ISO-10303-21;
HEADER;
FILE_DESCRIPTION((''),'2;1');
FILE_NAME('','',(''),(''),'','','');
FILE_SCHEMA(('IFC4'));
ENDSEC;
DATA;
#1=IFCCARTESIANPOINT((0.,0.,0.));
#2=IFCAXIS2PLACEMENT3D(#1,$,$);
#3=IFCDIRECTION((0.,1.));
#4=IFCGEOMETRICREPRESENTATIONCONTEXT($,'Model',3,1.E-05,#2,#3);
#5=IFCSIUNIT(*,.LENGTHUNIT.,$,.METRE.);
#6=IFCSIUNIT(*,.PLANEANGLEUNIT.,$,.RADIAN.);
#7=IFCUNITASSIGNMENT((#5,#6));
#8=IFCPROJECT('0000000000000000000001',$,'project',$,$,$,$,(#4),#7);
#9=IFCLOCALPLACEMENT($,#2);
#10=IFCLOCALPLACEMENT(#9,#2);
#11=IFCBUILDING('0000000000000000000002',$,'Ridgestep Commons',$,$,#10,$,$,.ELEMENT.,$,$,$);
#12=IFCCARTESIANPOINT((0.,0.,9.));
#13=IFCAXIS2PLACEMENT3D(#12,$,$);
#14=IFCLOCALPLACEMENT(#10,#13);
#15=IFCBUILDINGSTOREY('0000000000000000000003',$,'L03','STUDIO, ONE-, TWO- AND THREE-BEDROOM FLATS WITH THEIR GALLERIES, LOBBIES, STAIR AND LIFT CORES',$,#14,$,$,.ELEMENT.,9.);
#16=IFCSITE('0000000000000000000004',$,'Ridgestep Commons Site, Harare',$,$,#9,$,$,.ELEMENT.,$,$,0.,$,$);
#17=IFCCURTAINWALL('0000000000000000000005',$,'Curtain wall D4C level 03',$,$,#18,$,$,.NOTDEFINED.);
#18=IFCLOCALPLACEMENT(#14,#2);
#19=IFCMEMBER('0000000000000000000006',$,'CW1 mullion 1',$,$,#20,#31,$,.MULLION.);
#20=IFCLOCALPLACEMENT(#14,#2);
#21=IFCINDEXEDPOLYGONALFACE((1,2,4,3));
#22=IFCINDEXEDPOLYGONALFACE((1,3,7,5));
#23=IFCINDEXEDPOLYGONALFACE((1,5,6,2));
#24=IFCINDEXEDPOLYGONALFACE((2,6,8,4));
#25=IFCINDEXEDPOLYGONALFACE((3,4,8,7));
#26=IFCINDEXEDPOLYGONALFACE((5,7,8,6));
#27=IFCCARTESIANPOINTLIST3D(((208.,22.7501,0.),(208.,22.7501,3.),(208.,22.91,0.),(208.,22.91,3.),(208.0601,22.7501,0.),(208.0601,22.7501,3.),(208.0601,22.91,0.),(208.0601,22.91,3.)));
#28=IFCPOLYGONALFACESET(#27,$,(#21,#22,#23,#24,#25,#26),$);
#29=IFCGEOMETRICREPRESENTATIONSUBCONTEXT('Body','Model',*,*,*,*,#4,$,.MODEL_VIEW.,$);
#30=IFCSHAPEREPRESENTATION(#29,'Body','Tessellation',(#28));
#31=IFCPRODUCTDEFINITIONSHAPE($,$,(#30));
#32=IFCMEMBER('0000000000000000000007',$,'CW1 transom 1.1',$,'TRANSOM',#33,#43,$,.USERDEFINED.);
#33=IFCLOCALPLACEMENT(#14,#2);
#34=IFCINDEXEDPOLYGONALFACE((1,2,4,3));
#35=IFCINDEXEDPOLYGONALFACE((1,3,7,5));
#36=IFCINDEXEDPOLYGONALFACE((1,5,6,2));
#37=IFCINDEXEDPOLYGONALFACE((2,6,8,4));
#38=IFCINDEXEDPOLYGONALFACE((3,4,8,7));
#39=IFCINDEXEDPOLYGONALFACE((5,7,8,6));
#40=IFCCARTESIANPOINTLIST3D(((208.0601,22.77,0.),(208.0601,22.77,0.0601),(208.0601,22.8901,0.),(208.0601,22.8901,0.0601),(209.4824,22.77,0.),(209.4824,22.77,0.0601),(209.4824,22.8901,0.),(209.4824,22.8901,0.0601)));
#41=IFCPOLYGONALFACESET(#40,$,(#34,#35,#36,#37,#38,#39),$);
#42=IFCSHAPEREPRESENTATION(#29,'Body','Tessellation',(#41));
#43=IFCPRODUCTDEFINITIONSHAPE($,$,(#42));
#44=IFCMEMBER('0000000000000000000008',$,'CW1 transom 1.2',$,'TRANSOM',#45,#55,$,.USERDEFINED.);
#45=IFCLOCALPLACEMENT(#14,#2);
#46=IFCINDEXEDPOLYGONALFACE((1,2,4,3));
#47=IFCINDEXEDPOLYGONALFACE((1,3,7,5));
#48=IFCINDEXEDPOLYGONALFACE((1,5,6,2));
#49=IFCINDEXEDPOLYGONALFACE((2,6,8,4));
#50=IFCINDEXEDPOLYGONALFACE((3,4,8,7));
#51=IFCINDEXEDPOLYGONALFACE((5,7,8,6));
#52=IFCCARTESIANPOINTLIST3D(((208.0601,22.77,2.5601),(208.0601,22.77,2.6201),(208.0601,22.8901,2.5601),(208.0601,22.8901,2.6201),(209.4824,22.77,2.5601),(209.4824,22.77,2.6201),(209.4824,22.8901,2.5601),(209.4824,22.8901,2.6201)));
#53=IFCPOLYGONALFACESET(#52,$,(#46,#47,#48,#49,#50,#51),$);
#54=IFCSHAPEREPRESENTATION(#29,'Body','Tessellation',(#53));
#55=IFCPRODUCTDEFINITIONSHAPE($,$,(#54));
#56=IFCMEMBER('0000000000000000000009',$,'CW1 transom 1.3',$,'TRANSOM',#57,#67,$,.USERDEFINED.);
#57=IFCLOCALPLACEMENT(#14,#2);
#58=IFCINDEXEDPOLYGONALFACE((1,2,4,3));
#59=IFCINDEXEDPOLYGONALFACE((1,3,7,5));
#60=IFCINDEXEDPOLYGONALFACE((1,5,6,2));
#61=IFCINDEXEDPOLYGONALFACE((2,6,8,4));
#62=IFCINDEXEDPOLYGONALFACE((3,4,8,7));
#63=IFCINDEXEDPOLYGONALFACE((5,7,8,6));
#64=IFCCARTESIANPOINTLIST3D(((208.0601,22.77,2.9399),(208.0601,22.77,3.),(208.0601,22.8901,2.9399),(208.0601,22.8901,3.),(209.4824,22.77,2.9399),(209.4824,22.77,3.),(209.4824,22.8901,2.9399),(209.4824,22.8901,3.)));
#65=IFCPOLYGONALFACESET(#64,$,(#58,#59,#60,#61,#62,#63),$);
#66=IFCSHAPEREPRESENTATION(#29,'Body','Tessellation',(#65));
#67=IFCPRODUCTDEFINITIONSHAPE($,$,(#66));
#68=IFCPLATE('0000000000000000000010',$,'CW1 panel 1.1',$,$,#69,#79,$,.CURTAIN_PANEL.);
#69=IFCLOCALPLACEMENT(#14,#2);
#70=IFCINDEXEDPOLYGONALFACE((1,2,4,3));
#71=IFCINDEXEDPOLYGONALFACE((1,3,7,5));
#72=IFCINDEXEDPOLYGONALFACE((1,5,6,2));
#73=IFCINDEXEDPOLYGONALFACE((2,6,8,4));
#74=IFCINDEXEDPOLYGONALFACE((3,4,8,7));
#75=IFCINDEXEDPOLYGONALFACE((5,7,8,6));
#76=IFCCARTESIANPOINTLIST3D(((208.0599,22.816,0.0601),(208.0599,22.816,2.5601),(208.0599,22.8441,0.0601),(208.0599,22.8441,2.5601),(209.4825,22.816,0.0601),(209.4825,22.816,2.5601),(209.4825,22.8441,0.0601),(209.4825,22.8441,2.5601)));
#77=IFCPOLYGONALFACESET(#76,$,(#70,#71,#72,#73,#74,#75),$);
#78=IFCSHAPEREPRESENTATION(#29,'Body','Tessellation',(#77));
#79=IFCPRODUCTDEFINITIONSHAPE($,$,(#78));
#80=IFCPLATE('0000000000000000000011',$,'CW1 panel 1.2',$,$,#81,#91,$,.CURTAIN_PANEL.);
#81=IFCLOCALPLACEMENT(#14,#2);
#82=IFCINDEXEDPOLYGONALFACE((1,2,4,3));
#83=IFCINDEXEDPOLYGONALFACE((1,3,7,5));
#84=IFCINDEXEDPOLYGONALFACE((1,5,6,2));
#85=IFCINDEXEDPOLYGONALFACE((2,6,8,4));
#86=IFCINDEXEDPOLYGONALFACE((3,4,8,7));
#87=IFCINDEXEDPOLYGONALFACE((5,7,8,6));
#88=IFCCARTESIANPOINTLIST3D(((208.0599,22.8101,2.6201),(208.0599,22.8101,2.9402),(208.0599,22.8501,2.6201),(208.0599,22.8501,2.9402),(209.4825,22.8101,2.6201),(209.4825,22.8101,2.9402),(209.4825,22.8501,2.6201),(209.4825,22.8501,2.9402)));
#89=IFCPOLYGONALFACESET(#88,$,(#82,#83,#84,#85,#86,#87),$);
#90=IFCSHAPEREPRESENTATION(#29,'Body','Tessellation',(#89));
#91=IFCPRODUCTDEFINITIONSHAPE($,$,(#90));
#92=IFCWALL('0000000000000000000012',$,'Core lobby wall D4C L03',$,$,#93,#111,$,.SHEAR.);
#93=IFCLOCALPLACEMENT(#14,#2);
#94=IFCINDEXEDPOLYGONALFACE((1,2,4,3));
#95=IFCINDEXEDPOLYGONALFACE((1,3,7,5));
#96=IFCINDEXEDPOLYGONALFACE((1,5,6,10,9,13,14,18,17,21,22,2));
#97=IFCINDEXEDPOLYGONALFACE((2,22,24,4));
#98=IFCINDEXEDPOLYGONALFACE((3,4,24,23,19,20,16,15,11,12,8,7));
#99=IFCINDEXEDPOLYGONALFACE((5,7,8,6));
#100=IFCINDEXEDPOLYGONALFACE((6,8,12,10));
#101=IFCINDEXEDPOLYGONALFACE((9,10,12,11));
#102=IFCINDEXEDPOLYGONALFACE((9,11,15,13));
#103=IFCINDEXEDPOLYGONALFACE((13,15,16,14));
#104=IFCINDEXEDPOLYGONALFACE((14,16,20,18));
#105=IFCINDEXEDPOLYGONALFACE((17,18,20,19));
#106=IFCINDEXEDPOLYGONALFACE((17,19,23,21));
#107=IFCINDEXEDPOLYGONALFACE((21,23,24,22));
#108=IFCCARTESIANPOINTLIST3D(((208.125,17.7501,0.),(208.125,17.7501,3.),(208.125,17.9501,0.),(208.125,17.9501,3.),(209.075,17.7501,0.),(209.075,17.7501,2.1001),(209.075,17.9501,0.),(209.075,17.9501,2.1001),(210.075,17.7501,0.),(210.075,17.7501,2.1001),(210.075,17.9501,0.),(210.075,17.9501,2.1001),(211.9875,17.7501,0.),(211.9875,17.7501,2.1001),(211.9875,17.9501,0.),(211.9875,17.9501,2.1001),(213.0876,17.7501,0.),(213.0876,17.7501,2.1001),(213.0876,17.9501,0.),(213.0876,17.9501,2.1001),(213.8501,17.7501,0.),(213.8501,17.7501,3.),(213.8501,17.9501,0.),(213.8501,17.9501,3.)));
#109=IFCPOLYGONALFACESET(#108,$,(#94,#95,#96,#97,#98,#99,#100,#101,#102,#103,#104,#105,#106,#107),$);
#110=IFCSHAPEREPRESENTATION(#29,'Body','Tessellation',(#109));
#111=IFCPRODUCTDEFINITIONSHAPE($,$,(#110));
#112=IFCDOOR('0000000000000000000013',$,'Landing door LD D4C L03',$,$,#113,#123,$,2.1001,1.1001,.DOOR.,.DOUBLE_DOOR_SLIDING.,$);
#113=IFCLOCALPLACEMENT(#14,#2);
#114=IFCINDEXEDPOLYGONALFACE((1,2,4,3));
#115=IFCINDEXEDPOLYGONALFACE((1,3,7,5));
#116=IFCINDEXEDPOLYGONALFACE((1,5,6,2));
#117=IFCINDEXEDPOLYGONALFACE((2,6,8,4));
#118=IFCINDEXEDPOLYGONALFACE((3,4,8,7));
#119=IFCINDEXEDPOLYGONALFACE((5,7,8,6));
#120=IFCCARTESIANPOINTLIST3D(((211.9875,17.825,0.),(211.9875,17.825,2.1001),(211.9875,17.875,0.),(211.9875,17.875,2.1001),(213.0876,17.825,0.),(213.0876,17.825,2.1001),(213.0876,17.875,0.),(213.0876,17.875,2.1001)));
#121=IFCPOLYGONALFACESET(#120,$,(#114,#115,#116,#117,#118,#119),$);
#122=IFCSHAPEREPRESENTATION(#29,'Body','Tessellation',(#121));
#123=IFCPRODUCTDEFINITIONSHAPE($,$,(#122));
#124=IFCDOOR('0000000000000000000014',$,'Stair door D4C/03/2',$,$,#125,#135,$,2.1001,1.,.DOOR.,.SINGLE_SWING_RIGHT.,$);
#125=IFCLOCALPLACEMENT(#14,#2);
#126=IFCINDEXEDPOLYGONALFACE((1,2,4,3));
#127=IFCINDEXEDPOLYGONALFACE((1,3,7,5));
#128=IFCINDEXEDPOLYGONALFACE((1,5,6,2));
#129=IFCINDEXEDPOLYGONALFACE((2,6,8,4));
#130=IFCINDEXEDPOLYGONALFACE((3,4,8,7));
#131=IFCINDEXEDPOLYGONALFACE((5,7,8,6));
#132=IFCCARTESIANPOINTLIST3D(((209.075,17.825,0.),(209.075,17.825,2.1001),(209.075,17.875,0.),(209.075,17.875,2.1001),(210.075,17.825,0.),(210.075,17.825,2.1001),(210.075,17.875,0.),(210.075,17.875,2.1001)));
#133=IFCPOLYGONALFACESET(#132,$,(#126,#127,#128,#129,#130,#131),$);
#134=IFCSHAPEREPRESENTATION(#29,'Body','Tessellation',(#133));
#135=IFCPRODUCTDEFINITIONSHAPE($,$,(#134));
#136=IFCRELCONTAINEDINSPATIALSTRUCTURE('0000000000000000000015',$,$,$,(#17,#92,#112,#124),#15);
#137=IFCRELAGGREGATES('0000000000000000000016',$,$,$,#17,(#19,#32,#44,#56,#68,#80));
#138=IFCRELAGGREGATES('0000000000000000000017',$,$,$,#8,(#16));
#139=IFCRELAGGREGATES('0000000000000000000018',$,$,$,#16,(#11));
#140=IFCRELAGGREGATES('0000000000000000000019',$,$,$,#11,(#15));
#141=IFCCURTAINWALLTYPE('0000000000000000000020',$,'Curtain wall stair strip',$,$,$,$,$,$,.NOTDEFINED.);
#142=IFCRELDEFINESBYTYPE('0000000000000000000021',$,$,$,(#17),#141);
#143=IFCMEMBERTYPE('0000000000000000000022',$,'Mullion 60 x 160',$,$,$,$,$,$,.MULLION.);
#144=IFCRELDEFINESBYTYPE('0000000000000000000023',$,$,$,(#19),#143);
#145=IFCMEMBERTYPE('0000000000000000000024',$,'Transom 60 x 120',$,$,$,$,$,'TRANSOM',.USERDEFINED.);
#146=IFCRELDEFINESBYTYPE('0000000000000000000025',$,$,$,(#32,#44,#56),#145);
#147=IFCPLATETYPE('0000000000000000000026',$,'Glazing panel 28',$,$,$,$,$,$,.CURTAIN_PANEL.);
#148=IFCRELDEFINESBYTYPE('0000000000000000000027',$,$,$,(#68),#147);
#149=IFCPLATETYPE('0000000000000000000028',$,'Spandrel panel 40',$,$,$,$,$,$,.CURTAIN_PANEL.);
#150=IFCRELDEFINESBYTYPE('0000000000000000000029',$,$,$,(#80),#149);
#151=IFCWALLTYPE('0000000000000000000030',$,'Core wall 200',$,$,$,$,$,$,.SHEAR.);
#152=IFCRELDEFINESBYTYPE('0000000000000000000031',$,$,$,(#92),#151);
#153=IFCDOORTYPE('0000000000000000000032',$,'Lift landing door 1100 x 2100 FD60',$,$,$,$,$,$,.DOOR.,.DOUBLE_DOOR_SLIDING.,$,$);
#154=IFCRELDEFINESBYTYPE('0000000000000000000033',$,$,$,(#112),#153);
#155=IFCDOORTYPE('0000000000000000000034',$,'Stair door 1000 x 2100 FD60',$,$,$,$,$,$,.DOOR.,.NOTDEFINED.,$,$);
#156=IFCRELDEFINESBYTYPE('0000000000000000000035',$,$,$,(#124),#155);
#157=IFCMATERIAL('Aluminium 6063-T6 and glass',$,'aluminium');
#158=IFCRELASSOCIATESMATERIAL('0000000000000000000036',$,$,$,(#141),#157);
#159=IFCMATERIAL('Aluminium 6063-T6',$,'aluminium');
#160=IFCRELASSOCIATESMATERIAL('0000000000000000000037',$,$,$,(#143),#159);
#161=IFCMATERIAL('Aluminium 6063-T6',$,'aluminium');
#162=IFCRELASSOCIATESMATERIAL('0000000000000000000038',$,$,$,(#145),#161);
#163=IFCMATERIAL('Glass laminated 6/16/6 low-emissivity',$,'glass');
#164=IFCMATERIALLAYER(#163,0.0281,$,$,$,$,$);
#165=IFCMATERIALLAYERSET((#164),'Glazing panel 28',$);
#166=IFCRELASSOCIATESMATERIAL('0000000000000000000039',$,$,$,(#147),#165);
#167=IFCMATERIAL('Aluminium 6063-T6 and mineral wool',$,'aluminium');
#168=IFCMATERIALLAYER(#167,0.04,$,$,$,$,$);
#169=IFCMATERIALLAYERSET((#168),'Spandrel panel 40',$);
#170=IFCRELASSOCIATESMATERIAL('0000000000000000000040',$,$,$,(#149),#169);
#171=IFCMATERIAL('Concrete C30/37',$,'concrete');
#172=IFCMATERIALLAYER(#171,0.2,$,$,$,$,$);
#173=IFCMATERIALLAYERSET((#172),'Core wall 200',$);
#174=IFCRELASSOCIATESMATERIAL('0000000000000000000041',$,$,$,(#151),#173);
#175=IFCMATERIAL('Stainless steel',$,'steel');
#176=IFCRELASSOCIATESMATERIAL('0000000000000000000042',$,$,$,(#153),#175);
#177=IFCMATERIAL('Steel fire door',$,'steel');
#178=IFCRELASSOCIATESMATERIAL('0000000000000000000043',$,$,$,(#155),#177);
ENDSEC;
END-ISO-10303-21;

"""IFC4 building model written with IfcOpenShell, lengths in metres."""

from ifc_helpers import new_model, si_unit, direction, frame, frame_2d, origin, origin_2d, place, context, subcontext, project, spatial, rectangle, extrude, material, layer, layer_set, material_profile, profile_set, type_object, element, fill, aggregate, save


model = new_model("IFC4")

# Units and contexts
model_context = context("Model", 3, precision=1e-05, world=origin(), true_north=direction((0.0, 1.0)))
body_context = subcontext(model_context, "Body", "Model", "MODEL_VIEW")
ifc_project = project(units=[si_unit("LENGTHUNIT", "METRE"), si_unit("PLANEANGLEUNIT", "RADIAN")], contexts=[model_context])

# Site, building, storey
site_placement = place(None, origin())
site = spatial("IfcSite", under=ifc_project, at=site_placement, Name="Ridgestep Commons Site, Harare", CompositionType="ELEMENT", RefElevation=0.0)
building_placement = place(site_placement, origin())
building = spatial("IfcBuilding", under=site, at=building_placement, Name="Ridgestep Commons", CompositionType="ELEMENT")
storey_placement = place(building_placement, frame((0.0, 0.0, 9.0)))
storey = spatial("IfcBuildingStorey", under=building, at=storey_placement, Name="L03", Description="STUDIO, ONE-, TWO- AND THREE-BEDROOM FLATS WITH THEIR GALLERIES, LOBBIES, STAIR AND LIFT CORES", CompositionType="ELEMENT", Elevation=9.0)

# Curtain wall, members, plates
ifc_material_1 = material(Name="Aluminium 6063-T6 and glass", Category="aluminium")
curtain_wall_type = type_object("IfcCurtainWallType", Name="Curtain wall stair strip", PredefinedType="NOTDEFINED", material=ifc_material_1)
curtain_wall_placement = place(storey_placement, origin())
curtain_wall = element("IfcCurtainWall", 1, at=curtain_wall_placement, inside=storey, type_object=curtain_wall_type, Name="Curtain wall D4C level 03", PredefinedType="NOTDEFINED")
ifc_material_2 = material(Name="Aluminium 6063-T6", Category="aluminium")
ifc_material_profile_1 = material_profile(ifc_material_2, rectangle(XDim=0.1599, YDim=0.0601, at=origin_2d()), Name="Mullion 60 x 160")
ifc_profile_set_1 = profile_set([ifc_material_profile_1], Name="Aluminium 6063-T6")
member_type_1 = type_object("IfcMemberType", Name="Mullion 60 x 160", PredefinedType="MULLION", material=ifc_profile_set_1)
member_1_placement = place(storey_placement, frame((208.03, 22.8301, 0.0), z_axis=(0.0, 0.0, 1.0), x_axis=(0.0, 1.0, 0.0)))
member_1 = element("IfcMember", 2, at=member_1_placement, type_object=member_type_1, Name="CW1 mullion 1", PredefinedType="MULLION", context=body_context, shape_type="SweptSolid", body=[
    extrude(rectangle(XDim=0.1599, YDim=0.0601, at=origin_2d()), origin(), (0.0, 0.0, 1.0), 3.0),
])
ifc_material_3 = material(Name="Aluminium 6063-T6", Category="aluminium")
ifc_material_profile_2 = material_profile(ifc_material_3, rectangle(XDim=0.1201, YDim=0.0601, at=origin_2d()), Name="Transom 60 x 120")
ifc_profile_set_2 = profile_set([ifc_material_profile_2], Name="Aluminium 6063-T6")
member_type_2 = type_object("IfcMemberType", Name="Transom 60 x 120", ElementType="TRANSOM", PredefinedType="USERDEFINED", material=ifc_profile_set_2)
member_2_placement = place(storey_placement, frame((208.0601, 22.8301, 0.03), z_axis=(1.0, 0.0, 0.0), x_axis=(0.0, 1.0, 0.0)))
member_2 = element("IfcMember", 3, at=member_2_placement, type_object=member_type_2, Name="CW1 transom 1.1", ObjectType="TRANSOM", PredefinedType="USERDEFINED", context=body_context, shape_type="SweptSolid", body=[
    extrude(rectangle(XDim=0.1201, YDim=0.0601, at=origin_2d()), origin(), (0.0, 0.0, 1.0), 1.4224),
])
member_3_placement = place(storey_placement, frame((208.0601, 22.8301, 2.5901), z_axis=(1.0, 0.0, 0.0), x_axis=(0.0, 1.0, 0.0)))
member_3 = element("IfcMember", 4, at=member_3_placement, type_object=member_type_2, Name="CW1 transom 1.2", ObjectType="TRANSOM", PredefinedType="USERDEFINED", context=body_context, shape_type="SweptSolid", body=[
    extrude(rectangle(XDim=0.1201, YDim=0.0601, at=origin_2d()), origin(), (0.0, 0.0, 1.0), 1.4224),
])
member_4_placement = place(storey_placement, frame((208.0601, 22.8301, 2.97), z_axis=(1.0, 0.0, 0.0), x_axis=(0.0, 1.0, 0.0)))
member_4 = element("IfcMember", 5, at=member_4_placement, type_object=member_type_2, Name="CW1 transom 1.3", ObjectType="TRANSOM", PredefinedType="USERDEFINED", context=body_context, shape_type="SweptSolid", body=[
    extrude(rectangle(XDim=0.1201, YDim=0.0601, at=origin_2d()), origin(), (0.0, 0.0, 1.0), 1.4224),
])
ifc_material_4 = material(Name="Glass laminated 6/16/6 low-emissivity", Category="glass")
ifc_layer_1 = layer(ifc_material_4, 0.0281)
ifc_layer_set_1 = layer_set([ifc_layer_1], Name="Glazing panel 28")
plate_type_1 = type_object("IfcPlateType", Name="Glazing panel 28", PredefinedType="CURTAIN_PANEL", material=ifc_layer_set_1)
plate_1_placement = place(storey_placement, frame((208.7712, 22.8301, 0.0601), z_axis=(0.0, 0.0, 1.0), x_axis=(1.0, 0.0, 0.0)))
plate_1 = element("IfcPlate", 6, at=plate_1_placement, type_object=plate_type_1, Name="CW1 panel 1.1", PredefinedType="CURTAIN_PANEL", context=body_context, shape_type="SweptSolid", body=[
    extrude(rectangle(XDim=1.4226, YDim=0.0281, at=origin_2d()), origin(), (0.0, 0.0, 1.0), 2.5),
])
ifc_material_5 = material(Name="Aluminium 6063-T6 and mineral wool", Category="aluminium")
ifc_layer_2 = layer(ifc_material_5, 0.04)
ifc_layer_set_2 = layer_set([ifc_layer_2], Name="Spandrel panel 40")
plate_type_2 = type_object("IfcPlateType", Name="Spandrel panel 40", PredefinedType="CURTAIN_PANEL", material=ifc_layer_set_2)
plate_2_placement = place(storey_placement, frame((208.7712, 22.8301, 2.6201), z_axis=(0.0, 0.0, 1.0), x_axis=(1.0, 0.0, 0.0)))
plate_2 = element("IfcPlate", 7, at=plate_2_placement, type_object=plate_type_2, Name="CW1 panel 1.2", PredefinedType="CURTAIN_PANEL", context=body_context, shape_type="SweptSolid", body=[
    extrude(rectangle(XDim=1.4226, YDim=0.04, at=origin_2d()), origin(), (0.0, 0.0, 1.0), 0.3201),
])
aggregate(curtain_wall, [member_1, member_2, member_3, member_4, plate_1, plate_2])

# Wall, openings, doors
ifc_material_6 = material(Name="Concrete C30/37", Category="concrete")
ifc_layer_3 = layer(ifc_material_6, 0.2)
ifc_layer_set_3 = layer_set([ifc_layer_3], Name="Core wall 200")
wall_type_1 = type_object("IfcWallType", Name="Core wall 200", PredefinedType="SHEAR", material=ifc_layer_set_3)
wall_1_placement = place(storey_placement, frame((208.125, 17.8501, 0.0), z_axis=(0.0, 0.0, 1.0), x_axis=(1.0, 0.0, 0.0)))
wall_1 = element("IfcWall", 8, at=wall_1_placement, inside=storey, type_object=wall_type_1, Name="Core lobby wall D4C L03", PredefinedType="SHEAR", context=body_context, shape_type="SweptSolid", body=[
    extrude(rectangle(XDim=5.7251, YDim=0.2, at=frame_2d((2.8625, 0.0))), origin(), (0.0, 0.0, 1.0), 3.0),
])
opening_1_placement = place(wall_1_placement, frame((0.95, 0.0, 0.0)))
opening_1 = element("IfcOpeningElement", 9, at=opening_1_placement, cuts=wall_1, PredefinedType="OPENING", context=body_context, shape_type="SweptSolid", body=[
    extrude(rectangle(XDim=1.0, YDim=2.1001, at=frame_2d((0.5, 1.05))), frame((0.0, 0.1099, 0.0), z_axis=(0.0, -1.0, 0.0), x_axis=(1.0, 0.0, 0.0)), (0.0, 0.0, 1.0), 0.22),
])
opening_2_placement = place(wall_1_placement, frame((3.8625, 0.0, 0.0)))
opening_2 = element("IfcOpeningElement", 10, at=opening_2_placement, cuts=wall_1, PredefinedType="OPENING", context=body_context, shape_type="SweptSolid", body=[
    extrude(rectangle(XDim=1.1001, YDim=2.1001, at=frame_2d((0.55, 1.05))), frame((0.0, 0.1099, 0.0), z_axis=(0.0, -1.0, 0.0), x_axis=(1.0, 0.0, 0.0)), (0.0, 0.0, 1.0), 0.22),
])
ifc_material_7 = material(Name="Stainless steel", Category="steel")
door_type_1 = type_object("IfcDoorType", Name="Lift landing door 1100 x 2100 FD60", OperationType="DOUBLE_DOOR_SLIDING", PredefinedType="DOOR", material=ifc_material_7)
door_1_placement = place(opening_2_placement, origin())
door_1 = element("IfcDoor", 11, at=door_1_placement, inside=storey, type_object=door_type_1, Name="Landing door LD D4C L03", OperationType="DOUBLE_DOOR_SLIDING", OverallHeight=2.1001, OverallWidth=1.1001, PredefinedType="DOOR", context=body_context, shape_type="SweptSolid", body=[
    extrude(rectangle(XDim=1.1001, YDim=2.1001, at=frame_2d((0.55, 1.05))), frame((0.0, 0.0249, 0.0), z_axis=(0.0, -1.0, 0.0), x_axis=(1.0, 0.0, 0.0)), (0.0, 0.0, 1.0), 0.05),
])
fill(opening_2, door_1)
ifc_material_8 = material(Name="Steel fire door", Category="steel")
door_type_2 = type_object("IfcDoorType", Name="Stair door 1000 x 2100 FD60", OperationType="NOTDEFINED", PredefinedType="DOOR", material=ifc_material_8)
door_2_placement = place(opening_1_placement, origin())
door_2 = element("IfcDoor", 12, at=door_2_placement, inside=storey, type_object=door_type_2, Name="Stair door D4C/03/2", OperationType="SINGLE_SWING_RIGHT", OverallHeight=2.1001, OverallWidth=1.0, PredefinedType="DOOR", context=body_context, shape_type="SweptSolid", body=[
    extrude(rectangle(XDim=1.0, YDim=2.1001, at=frame_2d((0.5, 1.05))), frame((0.0, 0.0249, 0.0), z_axis=(0.0, -1.0, 0.0), x_axis=(1.0, 0.0, 0.0)), (0.0, 0.0, 1.0), 0.05),
])
fill(opening_1, door_2)

save(model, "model.ifc")
